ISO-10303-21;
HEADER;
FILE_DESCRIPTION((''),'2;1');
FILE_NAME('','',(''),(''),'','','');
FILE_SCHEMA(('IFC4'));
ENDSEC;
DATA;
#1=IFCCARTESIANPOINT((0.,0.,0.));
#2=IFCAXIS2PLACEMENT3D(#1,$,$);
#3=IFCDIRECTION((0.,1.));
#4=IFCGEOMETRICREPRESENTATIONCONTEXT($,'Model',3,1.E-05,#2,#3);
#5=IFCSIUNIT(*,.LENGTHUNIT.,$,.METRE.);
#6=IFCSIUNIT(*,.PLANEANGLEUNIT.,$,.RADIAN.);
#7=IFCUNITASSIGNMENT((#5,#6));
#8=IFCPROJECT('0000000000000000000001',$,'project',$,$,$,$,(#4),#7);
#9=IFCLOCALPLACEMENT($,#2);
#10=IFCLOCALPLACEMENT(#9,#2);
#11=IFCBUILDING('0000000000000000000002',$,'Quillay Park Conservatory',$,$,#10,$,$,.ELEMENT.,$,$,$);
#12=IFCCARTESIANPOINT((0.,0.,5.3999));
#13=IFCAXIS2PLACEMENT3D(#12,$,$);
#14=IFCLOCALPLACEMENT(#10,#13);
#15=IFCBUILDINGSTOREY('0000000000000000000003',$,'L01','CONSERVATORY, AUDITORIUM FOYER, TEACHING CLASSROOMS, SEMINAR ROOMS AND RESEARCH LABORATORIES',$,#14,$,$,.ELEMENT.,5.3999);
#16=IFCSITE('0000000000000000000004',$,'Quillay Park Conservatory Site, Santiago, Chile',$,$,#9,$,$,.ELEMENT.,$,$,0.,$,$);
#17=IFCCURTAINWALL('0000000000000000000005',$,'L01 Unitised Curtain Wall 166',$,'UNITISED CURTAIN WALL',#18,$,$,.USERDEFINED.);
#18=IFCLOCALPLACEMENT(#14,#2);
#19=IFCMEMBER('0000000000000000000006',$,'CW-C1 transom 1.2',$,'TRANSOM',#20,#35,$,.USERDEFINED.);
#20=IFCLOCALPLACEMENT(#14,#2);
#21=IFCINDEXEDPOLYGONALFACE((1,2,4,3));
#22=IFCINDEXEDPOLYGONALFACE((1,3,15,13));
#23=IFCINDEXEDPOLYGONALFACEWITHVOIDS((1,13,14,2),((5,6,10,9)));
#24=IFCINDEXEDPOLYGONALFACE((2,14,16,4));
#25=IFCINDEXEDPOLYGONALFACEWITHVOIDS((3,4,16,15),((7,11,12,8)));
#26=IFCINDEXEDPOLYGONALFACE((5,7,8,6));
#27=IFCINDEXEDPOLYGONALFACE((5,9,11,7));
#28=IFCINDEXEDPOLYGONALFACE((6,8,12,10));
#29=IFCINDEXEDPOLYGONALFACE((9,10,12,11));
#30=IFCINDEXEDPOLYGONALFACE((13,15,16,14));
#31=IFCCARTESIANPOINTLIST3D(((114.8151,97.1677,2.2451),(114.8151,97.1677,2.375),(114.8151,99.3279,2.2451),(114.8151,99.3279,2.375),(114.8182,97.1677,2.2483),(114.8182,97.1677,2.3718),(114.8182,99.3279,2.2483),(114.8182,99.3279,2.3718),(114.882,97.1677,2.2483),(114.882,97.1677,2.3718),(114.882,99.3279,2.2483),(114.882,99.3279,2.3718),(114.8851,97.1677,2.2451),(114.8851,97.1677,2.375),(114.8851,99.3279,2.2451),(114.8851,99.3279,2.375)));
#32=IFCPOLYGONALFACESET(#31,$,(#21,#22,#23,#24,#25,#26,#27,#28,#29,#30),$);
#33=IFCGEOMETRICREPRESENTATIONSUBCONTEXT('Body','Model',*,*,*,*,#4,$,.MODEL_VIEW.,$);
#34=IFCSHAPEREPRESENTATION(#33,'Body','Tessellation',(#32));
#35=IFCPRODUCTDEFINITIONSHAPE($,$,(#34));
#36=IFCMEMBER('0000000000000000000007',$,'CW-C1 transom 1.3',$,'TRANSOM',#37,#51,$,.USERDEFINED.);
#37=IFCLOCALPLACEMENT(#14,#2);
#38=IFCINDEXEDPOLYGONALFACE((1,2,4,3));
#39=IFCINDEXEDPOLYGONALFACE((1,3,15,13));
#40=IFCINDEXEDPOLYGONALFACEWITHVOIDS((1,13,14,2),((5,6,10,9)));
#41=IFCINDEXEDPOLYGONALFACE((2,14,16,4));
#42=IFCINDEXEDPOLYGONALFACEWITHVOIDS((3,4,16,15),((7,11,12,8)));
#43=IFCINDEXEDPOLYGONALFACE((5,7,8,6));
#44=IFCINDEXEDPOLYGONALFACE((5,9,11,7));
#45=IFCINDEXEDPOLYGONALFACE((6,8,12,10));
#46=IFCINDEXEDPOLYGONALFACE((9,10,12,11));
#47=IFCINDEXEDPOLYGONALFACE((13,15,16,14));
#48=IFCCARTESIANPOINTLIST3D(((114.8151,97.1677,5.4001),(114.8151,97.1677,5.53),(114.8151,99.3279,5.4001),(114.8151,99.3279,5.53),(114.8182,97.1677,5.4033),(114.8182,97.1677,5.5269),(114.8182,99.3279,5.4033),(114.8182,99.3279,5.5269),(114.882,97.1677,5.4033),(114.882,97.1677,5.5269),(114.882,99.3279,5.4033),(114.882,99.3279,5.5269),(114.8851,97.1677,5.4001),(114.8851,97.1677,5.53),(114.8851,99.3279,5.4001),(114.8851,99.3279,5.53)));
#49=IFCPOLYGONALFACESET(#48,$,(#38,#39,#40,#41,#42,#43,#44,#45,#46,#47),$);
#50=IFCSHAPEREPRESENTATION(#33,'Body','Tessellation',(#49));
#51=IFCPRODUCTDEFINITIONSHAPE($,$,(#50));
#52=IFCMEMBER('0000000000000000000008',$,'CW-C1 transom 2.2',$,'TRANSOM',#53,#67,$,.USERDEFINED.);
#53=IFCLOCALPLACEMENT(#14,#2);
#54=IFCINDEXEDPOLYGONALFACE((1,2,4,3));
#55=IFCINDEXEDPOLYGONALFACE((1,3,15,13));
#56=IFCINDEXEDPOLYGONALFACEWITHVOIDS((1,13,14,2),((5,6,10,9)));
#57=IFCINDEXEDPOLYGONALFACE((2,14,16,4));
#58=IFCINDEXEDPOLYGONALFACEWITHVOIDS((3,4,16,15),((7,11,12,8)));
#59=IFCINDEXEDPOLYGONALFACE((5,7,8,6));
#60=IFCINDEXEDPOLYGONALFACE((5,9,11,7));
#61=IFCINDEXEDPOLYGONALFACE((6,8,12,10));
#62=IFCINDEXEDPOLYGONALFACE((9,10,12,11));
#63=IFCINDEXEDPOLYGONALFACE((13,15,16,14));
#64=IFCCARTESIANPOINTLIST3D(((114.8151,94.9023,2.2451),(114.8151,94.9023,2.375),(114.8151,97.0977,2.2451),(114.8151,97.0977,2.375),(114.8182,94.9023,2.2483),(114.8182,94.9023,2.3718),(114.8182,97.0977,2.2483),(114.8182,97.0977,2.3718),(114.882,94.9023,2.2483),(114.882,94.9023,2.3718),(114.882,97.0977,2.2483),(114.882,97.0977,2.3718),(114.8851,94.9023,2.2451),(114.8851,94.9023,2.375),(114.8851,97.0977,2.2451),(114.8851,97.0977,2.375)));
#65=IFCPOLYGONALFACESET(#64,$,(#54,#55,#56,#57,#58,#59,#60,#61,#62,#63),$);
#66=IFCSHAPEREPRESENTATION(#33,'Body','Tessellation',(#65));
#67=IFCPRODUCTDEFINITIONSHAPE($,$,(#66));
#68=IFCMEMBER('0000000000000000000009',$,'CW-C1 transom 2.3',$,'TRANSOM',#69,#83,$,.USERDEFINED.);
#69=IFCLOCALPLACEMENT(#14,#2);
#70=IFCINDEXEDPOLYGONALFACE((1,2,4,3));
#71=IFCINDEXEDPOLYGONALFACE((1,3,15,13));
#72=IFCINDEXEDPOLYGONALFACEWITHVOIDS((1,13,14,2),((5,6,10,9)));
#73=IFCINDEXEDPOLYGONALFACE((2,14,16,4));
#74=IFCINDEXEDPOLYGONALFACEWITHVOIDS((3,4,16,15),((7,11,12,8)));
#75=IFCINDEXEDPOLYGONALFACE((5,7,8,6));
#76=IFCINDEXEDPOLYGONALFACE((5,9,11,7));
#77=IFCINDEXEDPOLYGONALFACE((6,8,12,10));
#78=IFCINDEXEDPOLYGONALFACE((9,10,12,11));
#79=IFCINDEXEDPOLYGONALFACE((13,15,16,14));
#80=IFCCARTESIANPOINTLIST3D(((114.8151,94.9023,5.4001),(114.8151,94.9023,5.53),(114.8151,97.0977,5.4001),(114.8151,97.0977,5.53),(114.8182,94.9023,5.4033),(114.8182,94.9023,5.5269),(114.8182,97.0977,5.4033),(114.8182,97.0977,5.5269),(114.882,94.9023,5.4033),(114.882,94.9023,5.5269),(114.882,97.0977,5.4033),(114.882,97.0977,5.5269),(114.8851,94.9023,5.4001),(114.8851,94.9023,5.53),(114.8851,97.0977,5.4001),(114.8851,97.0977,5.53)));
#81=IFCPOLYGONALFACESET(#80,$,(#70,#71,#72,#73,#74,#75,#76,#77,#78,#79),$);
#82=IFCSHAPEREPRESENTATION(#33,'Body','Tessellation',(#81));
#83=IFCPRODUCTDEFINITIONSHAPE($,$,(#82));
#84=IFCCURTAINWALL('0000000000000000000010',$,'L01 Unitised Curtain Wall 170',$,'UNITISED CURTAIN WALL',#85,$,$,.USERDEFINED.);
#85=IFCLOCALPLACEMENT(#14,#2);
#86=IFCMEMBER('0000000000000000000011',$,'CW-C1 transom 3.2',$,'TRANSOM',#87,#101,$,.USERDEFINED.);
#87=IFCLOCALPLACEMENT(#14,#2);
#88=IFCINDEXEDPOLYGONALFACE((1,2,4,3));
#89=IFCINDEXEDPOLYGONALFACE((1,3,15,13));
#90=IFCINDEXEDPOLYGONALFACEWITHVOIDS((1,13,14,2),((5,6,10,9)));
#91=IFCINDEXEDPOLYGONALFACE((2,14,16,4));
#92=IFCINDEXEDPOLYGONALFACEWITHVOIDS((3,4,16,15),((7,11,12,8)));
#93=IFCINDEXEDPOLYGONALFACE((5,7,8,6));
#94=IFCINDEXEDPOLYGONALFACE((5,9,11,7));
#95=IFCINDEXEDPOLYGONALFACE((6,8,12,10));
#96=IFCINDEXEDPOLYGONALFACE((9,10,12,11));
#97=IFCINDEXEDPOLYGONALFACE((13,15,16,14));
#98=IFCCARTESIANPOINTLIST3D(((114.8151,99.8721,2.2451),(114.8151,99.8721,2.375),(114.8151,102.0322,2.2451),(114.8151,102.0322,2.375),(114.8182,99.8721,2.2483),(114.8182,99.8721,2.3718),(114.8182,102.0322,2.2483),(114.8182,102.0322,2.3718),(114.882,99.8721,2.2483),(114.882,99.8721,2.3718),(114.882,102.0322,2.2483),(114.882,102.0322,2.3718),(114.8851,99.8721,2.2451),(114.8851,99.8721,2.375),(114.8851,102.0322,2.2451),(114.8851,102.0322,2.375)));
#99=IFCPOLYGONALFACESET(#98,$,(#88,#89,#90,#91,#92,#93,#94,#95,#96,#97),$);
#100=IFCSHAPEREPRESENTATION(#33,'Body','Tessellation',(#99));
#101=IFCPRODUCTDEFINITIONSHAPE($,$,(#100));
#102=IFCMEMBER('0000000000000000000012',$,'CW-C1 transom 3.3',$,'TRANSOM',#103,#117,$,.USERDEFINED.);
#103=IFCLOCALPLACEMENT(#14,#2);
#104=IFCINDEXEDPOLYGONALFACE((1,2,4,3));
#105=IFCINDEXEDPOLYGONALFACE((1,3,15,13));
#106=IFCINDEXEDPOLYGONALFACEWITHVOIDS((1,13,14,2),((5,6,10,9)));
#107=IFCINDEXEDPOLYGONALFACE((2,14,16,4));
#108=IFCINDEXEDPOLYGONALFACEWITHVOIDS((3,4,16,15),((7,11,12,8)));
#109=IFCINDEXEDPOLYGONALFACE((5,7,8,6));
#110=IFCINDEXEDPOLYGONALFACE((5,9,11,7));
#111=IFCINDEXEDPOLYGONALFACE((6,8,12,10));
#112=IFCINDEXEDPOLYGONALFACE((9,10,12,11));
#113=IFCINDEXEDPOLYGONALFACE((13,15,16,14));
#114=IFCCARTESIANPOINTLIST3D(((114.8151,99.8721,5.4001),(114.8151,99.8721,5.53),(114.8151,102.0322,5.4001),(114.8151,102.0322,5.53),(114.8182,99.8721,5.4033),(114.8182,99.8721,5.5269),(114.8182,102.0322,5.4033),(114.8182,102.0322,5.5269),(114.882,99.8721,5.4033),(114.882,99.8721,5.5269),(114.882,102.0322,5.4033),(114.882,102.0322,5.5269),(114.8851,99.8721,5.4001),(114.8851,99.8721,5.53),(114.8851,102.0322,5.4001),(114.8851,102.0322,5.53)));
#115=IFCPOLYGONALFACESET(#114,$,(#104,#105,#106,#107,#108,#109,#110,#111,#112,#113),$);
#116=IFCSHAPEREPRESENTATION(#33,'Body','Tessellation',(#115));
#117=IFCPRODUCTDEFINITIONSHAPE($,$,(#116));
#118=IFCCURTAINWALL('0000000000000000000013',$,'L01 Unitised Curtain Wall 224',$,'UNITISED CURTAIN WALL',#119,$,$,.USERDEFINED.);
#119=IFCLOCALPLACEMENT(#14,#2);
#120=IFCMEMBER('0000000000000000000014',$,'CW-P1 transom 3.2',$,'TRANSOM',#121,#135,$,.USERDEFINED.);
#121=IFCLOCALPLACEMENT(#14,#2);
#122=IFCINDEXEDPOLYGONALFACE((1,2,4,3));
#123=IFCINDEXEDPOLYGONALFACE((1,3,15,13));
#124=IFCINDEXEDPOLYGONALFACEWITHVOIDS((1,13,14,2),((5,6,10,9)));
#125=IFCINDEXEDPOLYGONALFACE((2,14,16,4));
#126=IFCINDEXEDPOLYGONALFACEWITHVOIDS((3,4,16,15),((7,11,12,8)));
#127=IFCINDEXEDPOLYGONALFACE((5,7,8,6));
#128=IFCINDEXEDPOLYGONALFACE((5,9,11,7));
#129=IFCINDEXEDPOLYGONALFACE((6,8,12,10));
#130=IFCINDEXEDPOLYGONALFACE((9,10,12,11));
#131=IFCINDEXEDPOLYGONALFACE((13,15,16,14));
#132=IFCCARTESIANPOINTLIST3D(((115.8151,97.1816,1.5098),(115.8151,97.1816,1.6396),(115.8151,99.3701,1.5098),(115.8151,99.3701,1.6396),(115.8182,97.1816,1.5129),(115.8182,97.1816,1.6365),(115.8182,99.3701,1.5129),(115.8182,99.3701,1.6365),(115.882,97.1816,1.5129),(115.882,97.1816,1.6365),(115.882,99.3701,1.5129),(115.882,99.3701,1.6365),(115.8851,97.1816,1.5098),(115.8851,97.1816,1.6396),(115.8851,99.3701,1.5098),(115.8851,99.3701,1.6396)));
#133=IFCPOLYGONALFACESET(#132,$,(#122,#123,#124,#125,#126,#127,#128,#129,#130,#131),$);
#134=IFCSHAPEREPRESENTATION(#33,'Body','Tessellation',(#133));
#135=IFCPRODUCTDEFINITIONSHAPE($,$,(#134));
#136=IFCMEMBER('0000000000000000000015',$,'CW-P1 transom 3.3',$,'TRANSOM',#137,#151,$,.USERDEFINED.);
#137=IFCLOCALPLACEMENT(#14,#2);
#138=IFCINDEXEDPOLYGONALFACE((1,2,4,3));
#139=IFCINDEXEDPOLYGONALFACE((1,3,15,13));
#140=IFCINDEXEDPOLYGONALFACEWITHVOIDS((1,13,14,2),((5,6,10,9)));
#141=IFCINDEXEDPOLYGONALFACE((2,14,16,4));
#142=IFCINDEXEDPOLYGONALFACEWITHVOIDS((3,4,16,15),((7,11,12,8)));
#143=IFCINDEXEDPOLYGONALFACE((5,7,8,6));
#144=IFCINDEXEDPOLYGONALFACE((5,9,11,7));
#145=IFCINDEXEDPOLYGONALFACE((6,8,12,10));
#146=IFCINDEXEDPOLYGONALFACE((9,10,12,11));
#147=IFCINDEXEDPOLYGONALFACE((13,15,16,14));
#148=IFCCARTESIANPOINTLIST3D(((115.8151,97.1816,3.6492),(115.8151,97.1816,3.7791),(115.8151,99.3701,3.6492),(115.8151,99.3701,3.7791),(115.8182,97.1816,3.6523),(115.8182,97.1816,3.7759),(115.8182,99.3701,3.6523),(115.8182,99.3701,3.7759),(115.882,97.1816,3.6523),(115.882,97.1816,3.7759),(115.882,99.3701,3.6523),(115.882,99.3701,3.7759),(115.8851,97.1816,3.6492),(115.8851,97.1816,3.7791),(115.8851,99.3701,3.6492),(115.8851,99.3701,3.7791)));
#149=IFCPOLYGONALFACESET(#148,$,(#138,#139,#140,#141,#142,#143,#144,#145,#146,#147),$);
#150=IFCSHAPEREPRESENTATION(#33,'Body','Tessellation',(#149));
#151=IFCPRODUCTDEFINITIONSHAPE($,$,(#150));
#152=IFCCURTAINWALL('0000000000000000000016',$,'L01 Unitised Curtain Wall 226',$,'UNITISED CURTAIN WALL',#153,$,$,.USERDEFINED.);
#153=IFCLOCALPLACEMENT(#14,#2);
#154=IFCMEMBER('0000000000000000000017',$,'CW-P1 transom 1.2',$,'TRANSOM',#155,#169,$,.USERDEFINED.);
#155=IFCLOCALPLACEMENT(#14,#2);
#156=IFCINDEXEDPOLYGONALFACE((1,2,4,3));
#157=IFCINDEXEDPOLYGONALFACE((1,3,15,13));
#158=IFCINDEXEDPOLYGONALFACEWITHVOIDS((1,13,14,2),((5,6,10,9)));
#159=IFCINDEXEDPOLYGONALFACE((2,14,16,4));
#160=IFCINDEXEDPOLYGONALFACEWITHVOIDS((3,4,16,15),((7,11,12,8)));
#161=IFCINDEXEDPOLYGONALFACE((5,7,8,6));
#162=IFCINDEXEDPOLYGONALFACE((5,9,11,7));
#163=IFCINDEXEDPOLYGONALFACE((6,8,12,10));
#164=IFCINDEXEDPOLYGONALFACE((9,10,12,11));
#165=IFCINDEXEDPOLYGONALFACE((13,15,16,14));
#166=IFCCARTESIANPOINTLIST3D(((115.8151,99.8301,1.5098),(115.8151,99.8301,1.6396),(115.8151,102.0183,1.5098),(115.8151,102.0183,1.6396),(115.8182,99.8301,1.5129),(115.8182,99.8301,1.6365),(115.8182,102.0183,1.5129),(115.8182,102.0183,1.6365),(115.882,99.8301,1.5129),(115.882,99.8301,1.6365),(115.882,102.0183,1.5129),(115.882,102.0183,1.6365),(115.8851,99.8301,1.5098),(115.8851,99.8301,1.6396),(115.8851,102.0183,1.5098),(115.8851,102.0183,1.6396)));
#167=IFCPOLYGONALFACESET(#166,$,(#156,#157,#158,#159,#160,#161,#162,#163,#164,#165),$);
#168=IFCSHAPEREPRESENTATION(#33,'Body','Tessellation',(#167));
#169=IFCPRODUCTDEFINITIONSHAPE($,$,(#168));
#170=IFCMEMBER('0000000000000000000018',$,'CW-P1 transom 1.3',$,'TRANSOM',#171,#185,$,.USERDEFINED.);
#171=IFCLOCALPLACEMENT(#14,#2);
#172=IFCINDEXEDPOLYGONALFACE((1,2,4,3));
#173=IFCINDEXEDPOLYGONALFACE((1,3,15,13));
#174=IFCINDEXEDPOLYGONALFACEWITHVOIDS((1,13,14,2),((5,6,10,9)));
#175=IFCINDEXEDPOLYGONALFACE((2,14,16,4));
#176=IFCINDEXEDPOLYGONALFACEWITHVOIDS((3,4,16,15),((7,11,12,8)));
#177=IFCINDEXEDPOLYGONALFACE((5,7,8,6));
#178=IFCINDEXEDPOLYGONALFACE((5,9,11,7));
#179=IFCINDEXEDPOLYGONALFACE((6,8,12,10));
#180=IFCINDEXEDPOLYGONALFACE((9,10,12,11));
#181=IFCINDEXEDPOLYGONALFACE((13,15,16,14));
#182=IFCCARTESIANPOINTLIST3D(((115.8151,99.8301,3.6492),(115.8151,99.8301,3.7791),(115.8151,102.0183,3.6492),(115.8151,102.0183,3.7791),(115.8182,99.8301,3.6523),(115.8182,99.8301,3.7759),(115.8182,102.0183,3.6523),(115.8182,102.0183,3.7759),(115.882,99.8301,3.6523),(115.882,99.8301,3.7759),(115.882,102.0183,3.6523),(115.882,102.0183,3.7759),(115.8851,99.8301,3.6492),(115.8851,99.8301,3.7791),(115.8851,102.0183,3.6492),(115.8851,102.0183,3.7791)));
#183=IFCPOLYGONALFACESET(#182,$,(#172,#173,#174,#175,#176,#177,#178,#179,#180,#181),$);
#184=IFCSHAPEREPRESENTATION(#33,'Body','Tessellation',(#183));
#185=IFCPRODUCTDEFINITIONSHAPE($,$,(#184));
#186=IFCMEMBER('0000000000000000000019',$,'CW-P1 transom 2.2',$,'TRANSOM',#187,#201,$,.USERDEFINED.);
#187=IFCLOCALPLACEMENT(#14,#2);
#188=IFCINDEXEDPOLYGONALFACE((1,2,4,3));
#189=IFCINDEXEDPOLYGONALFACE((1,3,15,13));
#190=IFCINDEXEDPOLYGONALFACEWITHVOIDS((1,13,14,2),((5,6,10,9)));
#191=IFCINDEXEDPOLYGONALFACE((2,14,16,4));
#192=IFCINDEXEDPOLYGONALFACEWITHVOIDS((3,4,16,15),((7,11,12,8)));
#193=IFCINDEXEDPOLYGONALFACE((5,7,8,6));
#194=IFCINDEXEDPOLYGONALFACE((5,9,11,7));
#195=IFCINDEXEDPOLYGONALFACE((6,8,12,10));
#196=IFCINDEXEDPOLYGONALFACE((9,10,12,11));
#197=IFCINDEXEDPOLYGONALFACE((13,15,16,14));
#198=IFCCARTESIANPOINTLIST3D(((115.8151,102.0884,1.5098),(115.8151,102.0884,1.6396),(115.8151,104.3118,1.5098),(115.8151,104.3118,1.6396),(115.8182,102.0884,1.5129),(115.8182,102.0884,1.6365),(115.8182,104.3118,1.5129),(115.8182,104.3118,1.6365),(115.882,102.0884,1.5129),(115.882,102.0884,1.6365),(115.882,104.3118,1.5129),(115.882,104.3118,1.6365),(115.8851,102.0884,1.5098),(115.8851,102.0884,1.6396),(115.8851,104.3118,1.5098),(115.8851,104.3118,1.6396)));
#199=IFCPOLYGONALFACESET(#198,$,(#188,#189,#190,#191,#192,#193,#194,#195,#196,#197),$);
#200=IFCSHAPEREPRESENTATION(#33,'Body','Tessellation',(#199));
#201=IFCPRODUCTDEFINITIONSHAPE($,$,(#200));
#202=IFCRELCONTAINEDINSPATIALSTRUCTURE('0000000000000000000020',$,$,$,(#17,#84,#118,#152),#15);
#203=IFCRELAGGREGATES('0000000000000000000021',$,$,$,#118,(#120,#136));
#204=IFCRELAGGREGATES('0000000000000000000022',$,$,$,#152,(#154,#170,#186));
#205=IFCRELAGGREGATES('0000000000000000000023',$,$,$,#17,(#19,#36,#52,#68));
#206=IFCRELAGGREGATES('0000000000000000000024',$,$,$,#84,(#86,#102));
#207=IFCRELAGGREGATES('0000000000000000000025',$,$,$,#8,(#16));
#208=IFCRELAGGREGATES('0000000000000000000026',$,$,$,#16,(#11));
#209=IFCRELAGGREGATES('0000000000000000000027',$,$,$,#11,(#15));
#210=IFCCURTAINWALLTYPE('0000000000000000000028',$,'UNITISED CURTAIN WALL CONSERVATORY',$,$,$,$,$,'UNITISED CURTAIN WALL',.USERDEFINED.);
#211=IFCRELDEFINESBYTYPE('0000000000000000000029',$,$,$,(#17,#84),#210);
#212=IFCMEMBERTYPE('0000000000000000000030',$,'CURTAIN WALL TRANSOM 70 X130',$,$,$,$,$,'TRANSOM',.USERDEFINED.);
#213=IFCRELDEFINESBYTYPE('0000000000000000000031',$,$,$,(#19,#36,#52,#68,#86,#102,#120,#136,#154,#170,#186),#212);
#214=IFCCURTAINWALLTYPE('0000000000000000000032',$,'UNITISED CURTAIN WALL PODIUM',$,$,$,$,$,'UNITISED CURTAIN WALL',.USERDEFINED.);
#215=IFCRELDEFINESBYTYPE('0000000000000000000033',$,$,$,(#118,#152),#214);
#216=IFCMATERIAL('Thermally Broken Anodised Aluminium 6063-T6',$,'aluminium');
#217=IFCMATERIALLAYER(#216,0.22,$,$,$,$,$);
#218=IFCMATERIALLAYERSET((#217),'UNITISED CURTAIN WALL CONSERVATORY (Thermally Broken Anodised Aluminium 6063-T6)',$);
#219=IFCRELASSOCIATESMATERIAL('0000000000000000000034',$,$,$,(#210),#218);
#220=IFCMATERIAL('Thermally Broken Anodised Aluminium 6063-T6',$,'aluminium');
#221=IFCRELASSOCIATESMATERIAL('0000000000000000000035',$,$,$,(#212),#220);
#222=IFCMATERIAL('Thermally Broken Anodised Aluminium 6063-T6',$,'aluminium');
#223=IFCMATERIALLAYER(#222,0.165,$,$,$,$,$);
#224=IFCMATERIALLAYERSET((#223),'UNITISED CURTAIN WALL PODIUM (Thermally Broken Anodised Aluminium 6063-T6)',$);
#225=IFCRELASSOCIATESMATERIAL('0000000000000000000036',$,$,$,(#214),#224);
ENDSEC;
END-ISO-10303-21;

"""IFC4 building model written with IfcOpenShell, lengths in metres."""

from ifc_helpers import new_model, si_unit, direction, frame, origin, origin_2d, place, context, subcontext, project, spatial, hollow_rectangle, extrude, material, layer, layer_set, material_profile, profile_set, type_object, element, aggregate, save


model = new_model("IFC4")

# Units and contexts
model_context = context("Model", 3, precision=1e-05, world=origin(), true_north=direction((0.0, 1.0)))
body_context = subcontext(model_context, "Body", "Model", "MODEL_VIEW")
ifc_project = project(units=[si_unit("LENGTHUNIT", "METRE"), si_unit("PLANEANGLEUNIT", "RADIAN")], contexts=[model_context])

# Site, building, storey
site_placement = place(None, origin())
site = spatial("IfcSite", under=ifc_project, at=site_placement, Name="Quillay Park Conservatory Site, Santiago, Chile", CompositionType="ELEMENT", RefElevation=0.0)
building_placement = place(site_placement, origin())
building = spatial("IfcBuilding", under=site, at=building_placement, Name="Quillay Park Conservatory", CompositionType="ELEMENT")
storey_placement = place(building_placement, frame((0.0, 0.0, 5.3999)))
storey = spatial("IfcBuildingStorey", under=building, at=storey_placement, Name="L01", Description="CONSERVATORY, AUDITORIUM FOYER, TEACHING CLASSROOMS, SEMINAR ROOMS AND RESEARCH LABORATORIES", CompositionType="ELEMENT", Elevation=5.3999)

# Curtain walls, members
ifc_material_1 = material(Name="Thermally Broken Anodised Aluminium 6063-T6", Category="aluminium")
ifc_layer_1 = layer(ifc_material_1, 0.22)
ifc_layer_set_1 = layer_set([ifc_layer_1], Name="UNITISED CURTAIN WALL CONSERVATORY (Thermally Broken Anodised Aluminium 6063-T6)")
curtain_wall_type_1 = type_object("IfcCurtainWallType", Name="UNITISED CURTAIN WALL CONSERVATORY", ElementType="UNITISED CURTAIN WALL", PredefinedType="USERDEFINED", material=ifc_layer_set_1)
curtain_wall_1_placement = place(storey_placement, origin())
curtain_wall_1 = element("IfcCurtainWall", 1, at=curtain_wall_1_placement, inside=storey, type_object=curtain_wall_type_1, Name="L01 Unitised Curtain Wall 166", ObjectType="UNITISED CURTAIN WALL", PredefinedType="USERDEFINED")
ifc_material_2 = material(Name="Thermally Broken Anodised Aluminium 6063-T6", Category="aluminium")
ifc_material_profile = material_profile(ifc_material_2, hollow_rectangle(XDim=0.0701, YDim=0.1299, WallThickness=0.0032, at=origin_2d()), Name="AL70x130x3.2")
ifc_profile_set = profile_set([ifc_material_profile], Name="Thermally Broken Anodised Aluminium 6063-T6")
member_type = type_object("IfcMemberType", Name="CURTAIN WALL TRANSOM 70 X130", ElementType="TRANSOM", PredefinedType="USERDEFINED", material=ifc_profile_set)
member_1_placement = place(storey_placement, frame((114.8501, 99.3279, 2.3101), z_axis=(0.0, -1.0, 0.0), x_axis=(1.0, 0.0, 0.0)))
member_1 = element("IfcMember", 2, at=member_1_placement, type_object=member_type, Name="CW-C1 transom 1.2", ObjectType="TRANSOM", PredefinedType="USERDEFINED", context=body_context, shape_type="SweptSolid", body=[
    extrude(hollow_rectangle(XDim=0.0701, YDim=0.1299, WallThickness=0.0032, at=origin_2d()), origin(), (0.0, 0.0, 1.0), 2.1602),
])
member_2_placement = place(storey_placement, frame((114.8501, 99.3279, 5.4651), z_axis=(0.0, -1.0, 0.0), x_axis=(1.0, 0.0, 0.0)))
member_2 = element("IfcMember", 3, at=member_2_placement, type_object=member_type, Name="CW-C1 transom 1.3", ObjectType="TRANSOM", PredefinedType="USERDEFINED", context=body_context, shape_type="SweptSolid", body=[
    extrude(hollow_rectangle(XDim=0.0701, YDim=0.1299, WallThickness=0.0032, at=origin_2d()), origin(), (0.0, 0.0, 1.0), 2.1602),
])
member_3_placement = place(storey_placement, frame((114.8501, 97.0977, 2.3101), z_axis=(0.0, -1.0, 0.0), x_axis=(1.0, 0.0, 0.0)))
member_3 = element("IfcMember", 4, at=member_3_placement, type_object=member_type, Name="CW-C1 transom 2.2", ObjectType="TRANSOM", PredefinedType="USERDEFINED", context=body_context, shape_type="SweptSolid", body=[
    extrude(hollow_rectangle(XDim=0.0701, YDim=0.1299, WallThickness=0.0032, at=origin_2d()), origin(), (0.0, 0.0, 1.0), 2.1953),
])
member_4_placement = place(storey_placement, frame((114.8501, 97.0977, 5.4651), z_axis=(0.0, -1.0, 0.0), x_axis=(1.0, 0.0, 0.0)))
member_4 = element("IfcMember", 5, at=member_4_placement, type_object=member_type, Name="CW-C1 transom 2.3", ObjectType="TRANSOM", PredefinedType="USERDEFINED", context=body_context, shape_type="SweptSolid", body=[
    extrude(hollow_rectangle(XDim=0.0701, YDim=0.1299, WallThickness=0.0032, at=origin_2d()), origin(), (0.0, 0.0, 1.0), 2.1953),
])
curtain_wall_2_placement = place(storey_placement, origin())
curtain_wall_2 = element("IfcCurtainWall", 6, at=curtain_wall_2_placement, inside=storey, type_object=curtain_wall_type_1, Name="L01 Unitised Curtain Wall 170", ObjectType="UNITISED CURTAIN WALL", PredefinedType="USERDEFINED")
member_5_placement = place(storey_placement, frame((114.8501, 102.0322, 2.3101), z_axis=(0.0, -1.0, 0.0), x_axis=(1.0, 0.0, 0.0)))
member_5 = element("IfcMember", 7, at=member_5_placement, type_object=member_type, Name="CW-C1 transom 3.2", ObjectType="TRANSOM", PredefinedType="USERDEFINED", context=body_context, shape_type="SweptSolid", body=[
    extrude(hollow_rectangle(XDim=0.0701, YDim=0.1299, WallThickness=0.0032, at=origin_2d()), origin(), (0.0, 0.0, 1.0), 2.1602),
])
member_6_placement = place(storey_placement, frame((114.8501, 102.0322, 5.4651), z_axis=(0.0, -1.0, 0.0), x_axis=(1.0, 0.0, 0.0)))
member_6 = element("IfcMember", 8, at=member_6_placement, type_object=member_type, Name="CW-C1 transom 3.3", ObjectType="TRANSOM", PredefinedType="USERDEFINED", context=body_context, shape_type="SweptSolid", body=[
    extrude(hollow_rectangle(XDim=0.0701, YDim=0.1299, WallThickness=0.0032, at=origin_2d()), origin(), (0.0, 0.0, 1.0), 2.1602),
])
ifc_material_3 = material(Name="Thermally Broken Anodised Aluminium 6063-T6", Category="aluminium")
ifc_layer_2 = layer(ifc_material_3, 0.165)
ifc_layer_set_2 = layer_set([ifc_layer_2], Name="UNITISED CURTAIN WALL PODIUM (Thermally Broken Anodised Aluminium 6063-T6)")
curtain_wall_type_2 = type_object("IfcCurtainWallType", Name="UNITISED CURTAIN WALL PODIUM", ElementType="UNITISED CURTAIN WALL", PredefinedType="USERDEFINED", material=ifc_layer_set_2)
curtain_wall_3_placement = place(storey_placement, origin())
curtain_wall_3 = element("IfcCurtainWall", 9, at=curtain_wall_3_placement, inside=storey, type_object=curtain_wall_type_2, Name="L01 Unitised Curtain Wall 224", ObjectType="UNITISED CURTAIN WALL", PredefinedType="USERDEFINED")
member_7_placement = place(storey_placement, frame((115.8501, 97.1816, 1.5747), z_axis=(0.0, 1.0, 0.0), x_axis=(-1.0, 0.0, 0.0)))
member_7 = element("IfcMember", 10, at=member_7_placement, type_object=member_type, Name="CW-P1 transom 3.2", ObjectType="TRANSOM", PredefinedType="USERDEFINED", context=body_context, shape_type="SweptSolid", body=[
    extrude(hollow_rectangle(XDim=0.0701, YDim=0.1299, WallThickness=0.0032, at=origin_2d()), origin(), (0.0, 0.0, 1.0), 2.1885),
])
member_8_placement = place(storey_placement, frame((115.8501, 97.1816, 3.7141), z_axis=(0.0, 1.0, 0.0), x_axis=(-1.0, 0.0, 0.0)))
member_8 = element("IfcMember", 11, at=member_8_placement, type_object=member_type, Name="CW-P1 transom 3.3", ObjectType="TRANSOM", PredefinedType="USERDEFINED", context=body_context, shape_type="SweptSolid", body=[
    extrude(hollow_rectangle(XDim=0.0701, YDim=0.1299, WallThickness=0.0032, at=origin_2d()), origin(), (0.0, 0.0, 1.0), 2.1885),
])
curtain_wall_4_placement = place(storey_placement, origin())
curtain_wall_4 = element("IfcCurtainWall", 12, at=curtain_wall_4_placement, inside=storey, type_object=curtain_wall_type_2, Name="L01 Unitised Curtain Wall 226", ObjectType="UNITISED CURTAIN WALL", PredefinedType="USERDEFINED")
member_9_placement = place(storey_placement, frame((115.8501, 99.8301, 1.5747), z_axis=(0.0, 1.0, 0.0), x_axis=(-1.0, 0.0, 0.0)))
member_9 = element("IfcMember", 13, at=member_9_placement, type_object=member_type, Name="CW-P1 transom 1.2", ObjectType="TRANSOM", PredefinedType="USERDEFINED", context=body_context, shape_type="SweptSolid", body=[
    extrude(hollow_rectangle(XDim=0.0701, YDim=0.1299, WallThickness=0.0032, at=origin_2d()), origin(), (0.0, 0.0, 1.0), 2.1882),
])
member_10_placement = place(storey_placement, frame((115.8501, 99.8301, 3.7141), z_axis=(0.0, 1.0, 0.0), x_axis=(-1.0, 0.0, 0.0)))
member_10 = element("IfcMember", 14, at=member_10_placement, type_object=member_type, Name="CW-P1 transom 1.3", ObjectType="TRANSOM", PredefinedType="USERDEFINED", context=body_context, shape_type="SweptSolid", body=[
    extrude(hollow_rectangle(XDim=0.0701, YDim=0.1299, WallThickness=0.0032, at=origin_2d()), origin(), (0.0, 0.0, 1.0), 2.1882),
])
member_11_placement = place(storey_placement, frame((115.8501, 102.0884, 1.5747), z_axis=(0.0, 1.0, 0.0), x_axis=(-1.0, 0.0, 0.0)))
member_11 = element("IfcMember", 15, at=member_11_placement, type_object=member_type, Name="CW-P1 transom 2.2", ObjectType="TRANSOM", PredefinedType="USERDEFINED", context=body_context, shape_type="SweptSolid", body=[
    extrude(hollow_rectangle(XDim=0.0701, YDim=0.1299, WallThickness=0.0032, at=origin_2d()), origin(), (0.0, 0.0, 1.0), 2.2234),
])

aggregate(curtain_wall_3, [member_7, member_8])
aggregate(curtain_wall_4, [member_9, member_10, member_11])
aggregate(curtain_wall_1, [member_1, member_2, member_3, member_4])
aggregate(curtain_wall_2, [member_5, member_6])

save(model, "model.ifc")
